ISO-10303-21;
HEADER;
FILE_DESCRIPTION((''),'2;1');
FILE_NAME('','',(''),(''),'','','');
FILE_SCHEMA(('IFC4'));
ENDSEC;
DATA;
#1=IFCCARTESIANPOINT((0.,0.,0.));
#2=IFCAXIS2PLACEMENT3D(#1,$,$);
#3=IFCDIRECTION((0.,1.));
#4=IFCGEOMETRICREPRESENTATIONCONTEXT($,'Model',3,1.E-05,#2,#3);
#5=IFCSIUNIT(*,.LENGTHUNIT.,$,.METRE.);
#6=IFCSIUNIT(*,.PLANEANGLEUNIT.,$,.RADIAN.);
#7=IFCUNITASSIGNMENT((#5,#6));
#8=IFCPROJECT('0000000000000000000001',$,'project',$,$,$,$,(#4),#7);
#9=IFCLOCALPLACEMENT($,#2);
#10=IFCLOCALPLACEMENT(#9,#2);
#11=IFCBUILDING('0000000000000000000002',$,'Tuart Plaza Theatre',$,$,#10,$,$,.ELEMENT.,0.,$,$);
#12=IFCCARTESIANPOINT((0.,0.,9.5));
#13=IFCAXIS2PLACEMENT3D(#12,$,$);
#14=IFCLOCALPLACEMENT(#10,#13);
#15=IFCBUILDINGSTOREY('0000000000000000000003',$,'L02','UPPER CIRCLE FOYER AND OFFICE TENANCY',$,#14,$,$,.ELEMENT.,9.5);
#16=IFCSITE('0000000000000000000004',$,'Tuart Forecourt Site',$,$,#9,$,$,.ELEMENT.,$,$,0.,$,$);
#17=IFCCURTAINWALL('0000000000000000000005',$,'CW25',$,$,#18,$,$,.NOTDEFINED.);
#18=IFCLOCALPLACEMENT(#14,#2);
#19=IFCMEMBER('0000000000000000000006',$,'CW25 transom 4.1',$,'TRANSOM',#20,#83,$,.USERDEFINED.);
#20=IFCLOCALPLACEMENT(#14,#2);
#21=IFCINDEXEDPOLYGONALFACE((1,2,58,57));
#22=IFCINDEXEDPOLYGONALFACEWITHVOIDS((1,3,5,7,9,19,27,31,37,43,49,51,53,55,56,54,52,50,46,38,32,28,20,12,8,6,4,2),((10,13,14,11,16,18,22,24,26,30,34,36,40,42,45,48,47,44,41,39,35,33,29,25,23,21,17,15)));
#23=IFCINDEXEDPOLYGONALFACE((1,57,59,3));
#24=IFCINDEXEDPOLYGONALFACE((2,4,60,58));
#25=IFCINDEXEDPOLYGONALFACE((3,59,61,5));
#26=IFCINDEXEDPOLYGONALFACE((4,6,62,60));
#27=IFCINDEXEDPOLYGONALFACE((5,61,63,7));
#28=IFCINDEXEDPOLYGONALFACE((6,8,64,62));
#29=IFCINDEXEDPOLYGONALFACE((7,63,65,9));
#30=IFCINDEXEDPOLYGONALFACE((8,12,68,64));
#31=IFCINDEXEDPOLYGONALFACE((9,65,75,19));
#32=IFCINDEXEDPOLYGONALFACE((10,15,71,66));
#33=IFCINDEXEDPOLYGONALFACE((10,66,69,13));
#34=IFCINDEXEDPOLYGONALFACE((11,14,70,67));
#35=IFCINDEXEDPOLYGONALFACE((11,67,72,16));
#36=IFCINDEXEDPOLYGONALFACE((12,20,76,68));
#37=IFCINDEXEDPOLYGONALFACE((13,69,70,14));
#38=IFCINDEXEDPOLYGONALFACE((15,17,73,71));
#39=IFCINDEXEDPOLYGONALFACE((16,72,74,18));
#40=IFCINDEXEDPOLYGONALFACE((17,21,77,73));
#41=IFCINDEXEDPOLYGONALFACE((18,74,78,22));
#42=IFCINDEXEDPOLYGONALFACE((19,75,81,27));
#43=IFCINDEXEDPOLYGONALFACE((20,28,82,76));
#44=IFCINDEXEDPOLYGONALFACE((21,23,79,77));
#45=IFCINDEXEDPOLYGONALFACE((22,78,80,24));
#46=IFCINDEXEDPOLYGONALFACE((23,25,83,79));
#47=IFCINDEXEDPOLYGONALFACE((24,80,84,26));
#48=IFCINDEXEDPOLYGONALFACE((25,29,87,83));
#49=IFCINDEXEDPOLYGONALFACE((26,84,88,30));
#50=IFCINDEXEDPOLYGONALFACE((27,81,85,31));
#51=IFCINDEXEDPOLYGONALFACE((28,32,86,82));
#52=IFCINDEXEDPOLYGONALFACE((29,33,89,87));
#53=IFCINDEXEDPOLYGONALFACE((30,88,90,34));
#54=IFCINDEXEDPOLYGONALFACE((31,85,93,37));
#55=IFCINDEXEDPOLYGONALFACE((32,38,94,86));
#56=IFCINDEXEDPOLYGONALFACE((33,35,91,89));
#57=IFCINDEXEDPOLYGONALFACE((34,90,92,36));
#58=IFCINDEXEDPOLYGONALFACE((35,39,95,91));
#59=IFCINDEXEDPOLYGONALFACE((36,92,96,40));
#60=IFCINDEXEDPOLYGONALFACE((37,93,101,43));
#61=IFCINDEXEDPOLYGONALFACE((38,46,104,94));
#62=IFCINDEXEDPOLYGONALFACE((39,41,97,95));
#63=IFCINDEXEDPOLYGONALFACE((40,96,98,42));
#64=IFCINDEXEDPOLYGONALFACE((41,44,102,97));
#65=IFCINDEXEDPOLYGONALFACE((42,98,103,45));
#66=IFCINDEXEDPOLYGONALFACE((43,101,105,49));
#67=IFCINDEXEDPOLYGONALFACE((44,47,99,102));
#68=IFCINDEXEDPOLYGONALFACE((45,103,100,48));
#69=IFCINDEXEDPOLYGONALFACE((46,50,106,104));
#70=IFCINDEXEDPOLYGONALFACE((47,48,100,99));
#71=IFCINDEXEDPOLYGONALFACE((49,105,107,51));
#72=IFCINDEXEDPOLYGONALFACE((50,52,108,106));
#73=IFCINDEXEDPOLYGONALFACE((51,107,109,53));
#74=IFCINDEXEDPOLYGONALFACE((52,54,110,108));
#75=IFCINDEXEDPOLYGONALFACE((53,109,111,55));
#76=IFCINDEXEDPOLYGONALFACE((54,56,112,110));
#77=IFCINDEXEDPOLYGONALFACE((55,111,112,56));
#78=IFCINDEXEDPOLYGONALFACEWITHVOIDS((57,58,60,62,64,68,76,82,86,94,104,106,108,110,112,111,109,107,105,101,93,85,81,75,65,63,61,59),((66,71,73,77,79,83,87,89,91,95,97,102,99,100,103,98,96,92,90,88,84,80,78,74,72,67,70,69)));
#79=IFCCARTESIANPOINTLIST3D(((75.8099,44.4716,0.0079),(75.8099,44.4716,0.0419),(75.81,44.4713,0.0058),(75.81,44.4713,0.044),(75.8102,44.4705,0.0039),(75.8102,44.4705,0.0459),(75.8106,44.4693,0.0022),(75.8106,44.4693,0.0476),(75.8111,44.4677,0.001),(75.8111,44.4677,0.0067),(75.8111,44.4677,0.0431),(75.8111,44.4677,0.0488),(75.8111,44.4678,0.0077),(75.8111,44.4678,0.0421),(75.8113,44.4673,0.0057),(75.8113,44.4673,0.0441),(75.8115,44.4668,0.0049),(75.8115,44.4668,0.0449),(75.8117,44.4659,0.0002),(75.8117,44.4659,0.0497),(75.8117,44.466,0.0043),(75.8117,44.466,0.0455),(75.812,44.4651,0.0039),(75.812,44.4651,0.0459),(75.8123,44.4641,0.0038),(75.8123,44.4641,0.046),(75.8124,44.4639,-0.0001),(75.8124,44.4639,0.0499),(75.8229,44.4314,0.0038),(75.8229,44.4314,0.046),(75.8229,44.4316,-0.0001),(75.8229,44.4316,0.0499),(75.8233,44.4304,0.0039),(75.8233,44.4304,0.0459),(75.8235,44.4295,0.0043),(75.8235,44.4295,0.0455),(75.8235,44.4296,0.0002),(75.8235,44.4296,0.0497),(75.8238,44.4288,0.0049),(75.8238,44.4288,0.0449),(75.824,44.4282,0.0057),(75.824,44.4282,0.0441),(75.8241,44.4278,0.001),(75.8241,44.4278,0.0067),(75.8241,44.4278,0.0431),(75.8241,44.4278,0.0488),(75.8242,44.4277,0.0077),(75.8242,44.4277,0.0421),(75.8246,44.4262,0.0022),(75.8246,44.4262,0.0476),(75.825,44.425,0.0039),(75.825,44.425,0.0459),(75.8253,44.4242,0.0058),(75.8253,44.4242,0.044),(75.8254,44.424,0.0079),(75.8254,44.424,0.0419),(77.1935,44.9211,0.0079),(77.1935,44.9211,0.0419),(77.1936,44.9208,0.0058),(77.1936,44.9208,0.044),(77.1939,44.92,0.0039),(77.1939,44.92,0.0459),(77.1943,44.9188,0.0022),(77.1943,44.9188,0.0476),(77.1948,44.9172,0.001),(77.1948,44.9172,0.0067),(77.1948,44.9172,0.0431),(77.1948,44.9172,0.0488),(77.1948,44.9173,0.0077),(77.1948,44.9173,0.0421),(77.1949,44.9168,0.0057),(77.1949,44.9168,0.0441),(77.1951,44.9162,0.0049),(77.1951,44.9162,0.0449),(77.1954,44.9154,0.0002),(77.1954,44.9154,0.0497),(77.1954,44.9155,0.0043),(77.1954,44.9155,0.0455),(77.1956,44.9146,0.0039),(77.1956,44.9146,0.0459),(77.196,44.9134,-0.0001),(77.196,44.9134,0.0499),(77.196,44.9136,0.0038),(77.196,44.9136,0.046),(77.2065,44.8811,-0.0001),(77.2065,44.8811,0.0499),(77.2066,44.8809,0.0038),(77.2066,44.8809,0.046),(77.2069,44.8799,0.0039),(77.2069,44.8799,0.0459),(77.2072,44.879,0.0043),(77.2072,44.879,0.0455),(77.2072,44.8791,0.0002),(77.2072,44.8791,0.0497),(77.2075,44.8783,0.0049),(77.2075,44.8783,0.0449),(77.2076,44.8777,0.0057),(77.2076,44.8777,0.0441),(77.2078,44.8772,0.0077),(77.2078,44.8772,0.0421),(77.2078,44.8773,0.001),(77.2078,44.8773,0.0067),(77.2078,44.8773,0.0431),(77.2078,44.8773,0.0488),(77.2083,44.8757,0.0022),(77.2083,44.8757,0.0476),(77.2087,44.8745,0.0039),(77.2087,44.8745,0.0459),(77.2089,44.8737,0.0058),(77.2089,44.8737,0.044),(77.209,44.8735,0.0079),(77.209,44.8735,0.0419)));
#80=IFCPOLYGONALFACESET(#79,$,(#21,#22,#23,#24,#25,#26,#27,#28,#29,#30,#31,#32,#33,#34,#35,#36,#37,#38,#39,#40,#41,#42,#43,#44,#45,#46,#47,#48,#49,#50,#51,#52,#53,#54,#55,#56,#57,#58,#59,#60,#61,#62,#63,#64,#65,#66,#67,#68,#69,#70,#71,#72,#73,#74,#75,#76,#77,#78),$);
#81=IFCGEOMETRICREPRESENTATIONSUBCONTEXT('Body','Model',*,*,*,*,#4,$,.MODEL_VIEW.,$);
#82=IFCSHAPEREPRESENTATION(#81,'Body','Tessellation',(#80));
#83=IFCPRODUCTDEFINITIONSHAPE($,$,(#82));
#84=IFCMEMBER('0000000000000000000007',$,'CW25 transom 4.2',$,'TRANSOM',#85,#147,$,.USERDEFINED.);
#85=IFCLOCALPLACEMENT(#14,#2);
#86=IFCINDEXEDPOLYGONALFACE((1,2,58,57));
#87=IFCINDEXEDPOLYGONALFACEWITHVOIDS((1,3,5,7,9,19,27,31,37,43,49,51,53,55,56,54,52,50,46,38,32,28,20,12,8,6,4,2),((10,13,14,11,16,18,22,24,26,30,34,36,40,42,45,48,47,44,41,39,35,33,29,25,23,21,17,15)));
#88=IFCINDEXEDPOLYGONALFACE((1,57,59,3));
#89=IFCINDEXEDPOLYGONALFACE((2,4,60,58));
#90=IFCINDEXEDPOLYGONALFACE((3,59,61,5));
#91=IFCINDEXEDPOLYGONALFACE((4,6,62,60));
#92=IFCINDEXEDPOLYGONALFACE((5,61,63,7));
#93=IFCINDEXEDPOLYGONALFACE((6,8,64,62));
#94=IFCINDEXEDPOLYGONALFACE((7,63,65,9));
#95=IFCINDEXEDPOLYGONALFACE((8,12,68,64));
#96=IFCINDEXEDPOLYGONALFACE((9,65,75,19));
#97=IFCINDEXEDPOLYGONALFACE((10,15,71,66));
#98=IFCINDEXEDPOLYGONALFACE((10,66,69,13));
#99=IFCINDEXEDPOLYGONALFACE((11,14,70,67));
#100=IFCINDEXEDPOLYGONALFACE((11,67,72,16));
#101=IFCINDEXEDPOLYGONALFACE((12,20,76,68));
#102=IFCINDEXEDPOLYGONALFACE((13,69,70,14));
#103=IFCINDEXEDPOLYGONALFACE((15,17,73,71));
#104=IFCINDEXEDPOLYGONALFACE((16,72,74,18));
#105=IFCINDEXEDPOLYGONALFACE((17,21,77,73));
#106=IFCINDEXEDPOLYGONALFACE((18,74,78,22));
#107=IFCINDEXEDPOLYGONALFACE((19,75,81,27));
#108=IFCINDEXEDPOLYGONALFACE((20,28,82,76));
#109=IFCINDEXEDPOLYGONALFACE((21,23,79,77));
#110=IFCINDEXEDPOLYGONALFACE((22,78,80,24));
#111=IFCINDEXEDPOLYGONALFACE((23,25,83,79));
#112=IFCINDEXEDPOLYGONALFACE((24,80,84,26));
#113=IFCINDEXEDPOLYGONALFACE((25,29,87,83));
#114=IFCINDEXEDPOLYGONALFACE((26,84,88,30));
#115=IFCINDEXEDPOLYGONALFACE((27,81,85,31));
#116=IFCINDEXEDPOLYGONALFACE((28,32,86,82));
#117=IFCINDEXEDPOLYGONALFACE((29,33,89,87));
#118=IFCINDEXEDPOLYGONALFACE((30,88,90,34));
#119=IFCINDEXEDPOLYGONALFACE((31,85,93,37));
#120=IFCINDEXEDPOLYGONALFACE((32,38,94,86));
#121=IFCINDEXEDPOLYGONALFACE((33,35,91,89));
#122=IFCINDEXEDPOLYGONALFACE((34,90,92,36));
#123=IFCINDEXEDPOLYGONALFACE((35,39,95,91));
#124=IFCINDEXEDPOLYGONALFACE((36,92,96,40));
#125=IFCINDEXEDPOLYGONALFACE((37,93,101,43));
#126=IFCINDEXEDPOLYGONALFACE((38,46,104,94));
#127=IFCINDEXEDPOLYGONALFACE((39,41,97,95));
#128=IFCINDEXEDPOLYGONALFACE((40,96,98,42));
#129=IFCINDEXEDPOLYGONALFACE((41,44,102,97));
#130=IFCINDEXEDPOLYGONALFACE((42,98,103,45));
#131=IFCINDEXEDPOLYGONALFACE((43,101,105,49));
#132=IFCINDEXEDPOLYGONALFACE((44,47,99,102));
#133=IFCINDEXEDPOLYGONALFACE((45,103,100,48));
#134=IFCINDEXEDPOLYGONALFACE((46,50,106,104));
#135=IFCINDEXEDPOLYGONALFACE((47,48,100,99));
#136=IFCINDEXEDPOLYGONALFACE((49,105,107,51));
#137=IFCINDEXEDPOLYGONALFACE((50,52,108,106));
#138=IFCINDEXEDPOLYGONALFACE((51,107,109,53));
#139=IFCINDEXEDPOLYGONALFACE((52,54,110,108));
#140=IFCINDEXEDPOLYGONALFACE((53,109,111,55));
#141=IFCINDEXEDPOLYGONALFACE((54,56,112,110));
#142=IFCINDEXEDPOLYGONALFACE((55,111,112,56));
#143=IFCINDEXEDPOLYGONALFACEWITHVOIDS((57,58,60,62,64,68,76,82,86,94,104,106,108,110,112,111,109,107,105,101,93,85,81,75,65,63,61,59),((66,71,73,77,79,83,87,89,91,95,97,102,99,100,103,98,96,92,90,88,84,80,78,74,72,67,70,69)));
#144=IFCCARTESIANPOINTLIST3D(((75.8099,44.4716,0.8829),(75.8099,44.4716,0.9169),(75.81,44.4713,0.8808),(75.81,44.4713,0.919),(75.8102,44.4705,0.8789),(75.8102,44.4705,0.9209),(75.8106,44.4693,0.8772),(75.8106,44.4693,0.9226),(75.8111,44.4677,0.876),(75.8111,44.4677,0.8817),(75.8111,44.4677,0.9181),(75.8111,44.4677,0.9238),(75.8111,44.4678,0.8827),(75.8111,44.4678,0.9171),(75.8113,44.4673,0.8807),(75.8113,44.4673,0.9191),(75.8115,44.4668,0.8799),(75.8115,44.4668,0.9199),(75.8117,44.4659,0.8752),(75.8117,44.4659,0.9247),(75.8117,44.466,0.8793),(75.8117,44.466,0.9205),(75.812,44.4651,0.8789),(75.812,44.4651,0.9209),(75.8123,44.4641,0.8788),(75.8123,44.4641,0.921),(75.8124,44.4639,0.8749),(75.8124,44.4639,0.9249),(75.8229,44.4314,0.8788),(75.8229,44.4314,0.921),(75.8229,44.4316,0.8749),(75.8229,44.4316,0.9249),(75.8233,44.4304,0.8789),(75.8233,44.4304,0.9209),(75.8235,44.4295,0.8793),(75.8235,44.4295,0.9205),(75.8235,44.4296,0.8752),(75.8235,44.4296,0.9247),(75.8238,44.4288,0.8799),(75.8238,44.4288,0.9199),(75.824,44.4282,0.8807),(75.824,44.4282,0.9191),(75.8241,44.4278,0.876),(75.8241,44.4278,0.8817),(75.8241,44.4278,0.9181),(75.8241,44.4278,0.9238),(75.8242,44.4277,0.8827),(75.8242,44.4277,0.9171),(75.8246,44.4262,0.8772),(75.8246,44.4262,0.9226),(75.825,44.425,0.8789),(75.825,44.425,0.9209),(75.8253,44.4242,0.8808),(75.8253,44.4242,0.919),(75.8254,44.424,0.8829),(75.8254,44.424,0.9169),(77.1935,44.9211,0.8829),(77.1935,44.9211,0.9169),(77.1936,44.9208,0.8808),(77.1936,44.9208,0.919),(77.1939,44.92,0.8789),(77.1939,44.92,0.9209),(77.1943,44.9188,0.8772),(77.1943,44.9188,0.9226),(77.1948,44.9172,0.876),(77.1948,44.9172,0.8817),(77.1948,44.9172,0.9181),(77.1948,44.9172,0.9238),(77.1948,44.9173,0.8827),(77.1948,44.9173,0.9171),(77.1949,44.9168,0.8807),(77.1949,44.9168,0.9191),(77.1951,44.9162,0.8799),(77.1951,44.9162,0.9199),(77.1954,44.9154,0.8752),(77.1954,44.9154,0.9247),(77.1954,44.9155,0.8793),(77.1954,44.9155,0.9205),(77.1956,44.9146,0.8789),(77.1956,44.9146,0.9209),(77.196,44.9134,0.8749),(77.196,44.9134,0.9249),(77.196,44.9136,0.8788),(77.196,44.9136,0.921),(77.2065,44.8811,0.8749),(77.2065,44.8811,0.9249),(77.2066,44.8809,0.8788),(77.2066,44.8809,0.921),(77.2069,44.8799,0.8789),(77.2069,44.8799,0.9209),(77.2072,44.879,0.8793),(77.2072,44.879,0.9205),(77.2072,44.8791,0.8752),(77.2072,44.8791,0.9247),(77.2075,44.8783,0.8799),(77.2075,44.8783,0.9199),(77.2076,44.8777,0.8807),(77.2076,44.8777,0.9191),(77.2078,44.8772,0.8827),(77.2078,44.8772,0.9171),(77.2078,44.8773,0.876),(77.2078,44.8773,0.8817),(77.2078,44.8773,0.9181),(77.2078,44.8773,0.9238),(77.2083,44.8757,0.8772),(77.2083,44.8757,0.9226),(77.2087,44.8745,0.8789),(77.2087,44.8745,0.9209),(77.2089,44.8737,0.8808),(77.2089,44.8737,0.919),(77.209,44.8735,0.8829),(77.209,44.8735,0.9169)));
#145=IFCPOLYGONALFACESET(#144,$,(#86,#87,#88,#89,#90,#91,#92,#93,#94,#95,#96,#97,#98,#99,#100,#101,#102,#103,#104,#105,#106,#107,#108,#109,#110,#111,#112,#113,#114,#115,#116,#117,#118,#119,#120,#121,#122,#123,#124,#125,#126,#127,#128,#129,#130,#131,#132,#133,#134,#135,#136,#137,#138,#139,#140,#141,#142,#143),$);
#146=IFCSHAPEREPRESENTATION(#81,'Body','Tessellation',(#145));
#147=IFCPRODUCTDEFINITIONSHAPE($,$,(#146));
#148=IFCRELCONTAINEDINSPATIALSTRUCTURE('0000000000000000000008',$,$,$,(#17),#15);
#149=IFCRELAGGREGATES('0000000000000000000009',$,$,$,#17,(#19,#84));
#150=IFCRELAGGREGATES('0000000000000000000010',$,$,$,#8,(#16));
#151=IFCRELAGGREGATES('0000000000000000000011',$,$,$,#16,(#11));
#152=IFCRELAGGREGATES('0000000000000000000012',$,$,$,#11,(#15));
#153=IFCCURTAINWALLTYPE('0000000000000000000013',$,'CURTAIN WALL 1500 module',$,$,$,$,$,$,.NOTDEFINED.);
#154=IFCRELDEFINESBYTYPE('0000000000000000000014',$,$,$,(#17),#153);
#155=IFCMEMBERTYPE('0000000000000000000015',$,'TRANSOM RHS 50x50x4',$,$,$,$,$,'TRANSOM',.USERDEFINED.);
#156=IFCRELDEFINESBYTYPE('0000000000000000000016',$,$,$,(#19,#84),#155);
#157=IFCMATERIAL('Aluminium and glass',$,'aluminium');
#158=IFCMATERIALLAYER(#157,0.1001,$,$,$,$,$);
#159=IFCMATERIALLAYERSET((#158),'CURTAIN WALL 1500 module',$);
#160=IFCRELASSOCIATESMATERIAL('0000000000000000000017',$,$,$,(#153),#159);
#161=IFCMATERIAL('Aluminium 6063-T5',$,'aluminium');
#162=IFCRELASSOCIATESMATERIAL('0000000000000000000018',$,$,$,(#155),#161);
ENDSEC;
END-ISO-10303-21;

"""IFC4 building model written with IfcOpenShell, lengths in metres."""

from ifc_helpers import new_model, si_unit, direction, frame, origin, origin_2d, place, context, subcontext, project, spatial, hollow_rectangle, extrude, material, layer, layer_set, material_profile, profile_set, type_object, element, aggregate, save


model = new_model("IFC4")

# Units and contexts
model_context = context("Model", 3, precision=1e-05, world=origin(), true_north=direction((0.0, 1.0)))
body_context = subcontext(model_context, "Body", "Model", "MODEL_VIEW")
ifc_project = project(units=[si_unit("LENGTHUNIT", "METRE"), si_unit("PLANEANGLEUNIT", "RADIAN")], contexts=[model_context])

# Site, building, storey
site_placement = place(None, origin())
site = spatial("IfcSite", under=ifc_project, at=site_placement, Name="Tuart Forecourt Site", CompositionType="ELEMENT", RefElevation=0.0)
building_placement = place(site_placement, origin())
building = spatial("IfcBuilding", under=site, at=building_placement, Name="Tuart Plaza Theatre", CompositionType="ELEMENT", ElevationOfRefHeight=0.0)
storey_placement = place(building_placement, frame((0.0, 0.0, 9.5)))
storey = spatial("IfcBuildingStorey", under=building, at=storey_placement, Name="L02", Description="UPPER CIRCLE FOYER AND OFFICE TENANCY", CompositionType="ELEMENT", Elevation=9.5)

# Curtain wall
ifc_material_1 = material(Name="Aluminium and glass", Category="aluminium")
ifc_layer_1 = layer(ifc_material_1, 0.1001)
ifc_layer_set_1 = layer_set([ifc_layer_1], Name="CURTAIN WALL 1500 module")
curtain_wall_type = type_object("IfcCurtainWallType", Name="CURTAIN WALL 1500 module", PredefinedType="NOTDEFINED", material=ifc_layer_set_1)
curtain_wall_1_placement = place(storey_placement, origin())
curtain_wall_1 = element("IfcCurtainWall", 1, at=curtain_wall_1_placement, inside=storey, type_object=curtain_wall_type, Name="CW25", PredefinedType="NOTDEFINED")

# Members
ifc_material_2 = material(Name="Aluminium 6063-T5", Category="aluminium")
ifc_material_profile_1 = material_profile(ifc_material_2, hollow_rectangle(XDim=0.05, YDim=0.05, WallThickness=0.0039, InnerFilletRadius=0.0039, OuterFilletRadius=0.0081, at=origin_2d()), Name="RHS 50x50x4")
ifc_profile_set_1 = profile_set([ifc_material_profile_1], Name="Aluminium 6063-T5")
member_type_1 = type_object("IfcMemberType", Name="TRANSOM RHS 50x50x4", ElementType="TRANSOM", PredefinedType="USERDEFINED", material=ifc_profile_set_1)
member_1_placement = place(storey_placement, frame((75.8176, 44.4478, 0.0249), z_axis=(0.951072, 0.308968, 0.0), x_axis=(-0.308968, 0.951072, 0.0)))
member_1 = element("IfcMember", 2, at=member_1_placement, type_object=member_type_1, Name="CW25 transom 4.1", ObjectType="TRANSOM", PredefinedType="USERDEFINED", context=body_context, shape_type="SweptSolid", body=[
    extrude(hollow_rectangle(XDim=0.05, YDim=0.05, WallThickness=0.0039, InnerFilletRadius=0.0039, OuterFilletRadius=0.0081, at=origin_2d()), origin(), (0.0, 0.0, 1.0), 1.4548),
])
member_2_placement = place(storey_placement, frame((75.8176, 44.4478, 0.8999), z_axis=(0.951072, 0.308968, 0.0), x_axis=(-0.308968, 0.951072, 0.0)))
member_2 = element("IfcMember", 3, at=member_2_placement, type_object=member_type_1, Name="CW25 transom 4.2", ObjectType="TRANSOM", PredefinedType="USERDEFINED", context=body_context, shape_type="SweptSolid", body=[
    extrude(hollow_rectangle(XDim=0.05, YDim=0.05, WallThickness=0.0039, InnerFilletRadius=0.0039, OuterFilletRadius=0.0081, at=origin_2d()), origin(), (0.0, 0.0, 1.0), 1.4548),
])

aggregate(curtain_wall_1, [member_1, member_2])

save(model, "model.ifc")
